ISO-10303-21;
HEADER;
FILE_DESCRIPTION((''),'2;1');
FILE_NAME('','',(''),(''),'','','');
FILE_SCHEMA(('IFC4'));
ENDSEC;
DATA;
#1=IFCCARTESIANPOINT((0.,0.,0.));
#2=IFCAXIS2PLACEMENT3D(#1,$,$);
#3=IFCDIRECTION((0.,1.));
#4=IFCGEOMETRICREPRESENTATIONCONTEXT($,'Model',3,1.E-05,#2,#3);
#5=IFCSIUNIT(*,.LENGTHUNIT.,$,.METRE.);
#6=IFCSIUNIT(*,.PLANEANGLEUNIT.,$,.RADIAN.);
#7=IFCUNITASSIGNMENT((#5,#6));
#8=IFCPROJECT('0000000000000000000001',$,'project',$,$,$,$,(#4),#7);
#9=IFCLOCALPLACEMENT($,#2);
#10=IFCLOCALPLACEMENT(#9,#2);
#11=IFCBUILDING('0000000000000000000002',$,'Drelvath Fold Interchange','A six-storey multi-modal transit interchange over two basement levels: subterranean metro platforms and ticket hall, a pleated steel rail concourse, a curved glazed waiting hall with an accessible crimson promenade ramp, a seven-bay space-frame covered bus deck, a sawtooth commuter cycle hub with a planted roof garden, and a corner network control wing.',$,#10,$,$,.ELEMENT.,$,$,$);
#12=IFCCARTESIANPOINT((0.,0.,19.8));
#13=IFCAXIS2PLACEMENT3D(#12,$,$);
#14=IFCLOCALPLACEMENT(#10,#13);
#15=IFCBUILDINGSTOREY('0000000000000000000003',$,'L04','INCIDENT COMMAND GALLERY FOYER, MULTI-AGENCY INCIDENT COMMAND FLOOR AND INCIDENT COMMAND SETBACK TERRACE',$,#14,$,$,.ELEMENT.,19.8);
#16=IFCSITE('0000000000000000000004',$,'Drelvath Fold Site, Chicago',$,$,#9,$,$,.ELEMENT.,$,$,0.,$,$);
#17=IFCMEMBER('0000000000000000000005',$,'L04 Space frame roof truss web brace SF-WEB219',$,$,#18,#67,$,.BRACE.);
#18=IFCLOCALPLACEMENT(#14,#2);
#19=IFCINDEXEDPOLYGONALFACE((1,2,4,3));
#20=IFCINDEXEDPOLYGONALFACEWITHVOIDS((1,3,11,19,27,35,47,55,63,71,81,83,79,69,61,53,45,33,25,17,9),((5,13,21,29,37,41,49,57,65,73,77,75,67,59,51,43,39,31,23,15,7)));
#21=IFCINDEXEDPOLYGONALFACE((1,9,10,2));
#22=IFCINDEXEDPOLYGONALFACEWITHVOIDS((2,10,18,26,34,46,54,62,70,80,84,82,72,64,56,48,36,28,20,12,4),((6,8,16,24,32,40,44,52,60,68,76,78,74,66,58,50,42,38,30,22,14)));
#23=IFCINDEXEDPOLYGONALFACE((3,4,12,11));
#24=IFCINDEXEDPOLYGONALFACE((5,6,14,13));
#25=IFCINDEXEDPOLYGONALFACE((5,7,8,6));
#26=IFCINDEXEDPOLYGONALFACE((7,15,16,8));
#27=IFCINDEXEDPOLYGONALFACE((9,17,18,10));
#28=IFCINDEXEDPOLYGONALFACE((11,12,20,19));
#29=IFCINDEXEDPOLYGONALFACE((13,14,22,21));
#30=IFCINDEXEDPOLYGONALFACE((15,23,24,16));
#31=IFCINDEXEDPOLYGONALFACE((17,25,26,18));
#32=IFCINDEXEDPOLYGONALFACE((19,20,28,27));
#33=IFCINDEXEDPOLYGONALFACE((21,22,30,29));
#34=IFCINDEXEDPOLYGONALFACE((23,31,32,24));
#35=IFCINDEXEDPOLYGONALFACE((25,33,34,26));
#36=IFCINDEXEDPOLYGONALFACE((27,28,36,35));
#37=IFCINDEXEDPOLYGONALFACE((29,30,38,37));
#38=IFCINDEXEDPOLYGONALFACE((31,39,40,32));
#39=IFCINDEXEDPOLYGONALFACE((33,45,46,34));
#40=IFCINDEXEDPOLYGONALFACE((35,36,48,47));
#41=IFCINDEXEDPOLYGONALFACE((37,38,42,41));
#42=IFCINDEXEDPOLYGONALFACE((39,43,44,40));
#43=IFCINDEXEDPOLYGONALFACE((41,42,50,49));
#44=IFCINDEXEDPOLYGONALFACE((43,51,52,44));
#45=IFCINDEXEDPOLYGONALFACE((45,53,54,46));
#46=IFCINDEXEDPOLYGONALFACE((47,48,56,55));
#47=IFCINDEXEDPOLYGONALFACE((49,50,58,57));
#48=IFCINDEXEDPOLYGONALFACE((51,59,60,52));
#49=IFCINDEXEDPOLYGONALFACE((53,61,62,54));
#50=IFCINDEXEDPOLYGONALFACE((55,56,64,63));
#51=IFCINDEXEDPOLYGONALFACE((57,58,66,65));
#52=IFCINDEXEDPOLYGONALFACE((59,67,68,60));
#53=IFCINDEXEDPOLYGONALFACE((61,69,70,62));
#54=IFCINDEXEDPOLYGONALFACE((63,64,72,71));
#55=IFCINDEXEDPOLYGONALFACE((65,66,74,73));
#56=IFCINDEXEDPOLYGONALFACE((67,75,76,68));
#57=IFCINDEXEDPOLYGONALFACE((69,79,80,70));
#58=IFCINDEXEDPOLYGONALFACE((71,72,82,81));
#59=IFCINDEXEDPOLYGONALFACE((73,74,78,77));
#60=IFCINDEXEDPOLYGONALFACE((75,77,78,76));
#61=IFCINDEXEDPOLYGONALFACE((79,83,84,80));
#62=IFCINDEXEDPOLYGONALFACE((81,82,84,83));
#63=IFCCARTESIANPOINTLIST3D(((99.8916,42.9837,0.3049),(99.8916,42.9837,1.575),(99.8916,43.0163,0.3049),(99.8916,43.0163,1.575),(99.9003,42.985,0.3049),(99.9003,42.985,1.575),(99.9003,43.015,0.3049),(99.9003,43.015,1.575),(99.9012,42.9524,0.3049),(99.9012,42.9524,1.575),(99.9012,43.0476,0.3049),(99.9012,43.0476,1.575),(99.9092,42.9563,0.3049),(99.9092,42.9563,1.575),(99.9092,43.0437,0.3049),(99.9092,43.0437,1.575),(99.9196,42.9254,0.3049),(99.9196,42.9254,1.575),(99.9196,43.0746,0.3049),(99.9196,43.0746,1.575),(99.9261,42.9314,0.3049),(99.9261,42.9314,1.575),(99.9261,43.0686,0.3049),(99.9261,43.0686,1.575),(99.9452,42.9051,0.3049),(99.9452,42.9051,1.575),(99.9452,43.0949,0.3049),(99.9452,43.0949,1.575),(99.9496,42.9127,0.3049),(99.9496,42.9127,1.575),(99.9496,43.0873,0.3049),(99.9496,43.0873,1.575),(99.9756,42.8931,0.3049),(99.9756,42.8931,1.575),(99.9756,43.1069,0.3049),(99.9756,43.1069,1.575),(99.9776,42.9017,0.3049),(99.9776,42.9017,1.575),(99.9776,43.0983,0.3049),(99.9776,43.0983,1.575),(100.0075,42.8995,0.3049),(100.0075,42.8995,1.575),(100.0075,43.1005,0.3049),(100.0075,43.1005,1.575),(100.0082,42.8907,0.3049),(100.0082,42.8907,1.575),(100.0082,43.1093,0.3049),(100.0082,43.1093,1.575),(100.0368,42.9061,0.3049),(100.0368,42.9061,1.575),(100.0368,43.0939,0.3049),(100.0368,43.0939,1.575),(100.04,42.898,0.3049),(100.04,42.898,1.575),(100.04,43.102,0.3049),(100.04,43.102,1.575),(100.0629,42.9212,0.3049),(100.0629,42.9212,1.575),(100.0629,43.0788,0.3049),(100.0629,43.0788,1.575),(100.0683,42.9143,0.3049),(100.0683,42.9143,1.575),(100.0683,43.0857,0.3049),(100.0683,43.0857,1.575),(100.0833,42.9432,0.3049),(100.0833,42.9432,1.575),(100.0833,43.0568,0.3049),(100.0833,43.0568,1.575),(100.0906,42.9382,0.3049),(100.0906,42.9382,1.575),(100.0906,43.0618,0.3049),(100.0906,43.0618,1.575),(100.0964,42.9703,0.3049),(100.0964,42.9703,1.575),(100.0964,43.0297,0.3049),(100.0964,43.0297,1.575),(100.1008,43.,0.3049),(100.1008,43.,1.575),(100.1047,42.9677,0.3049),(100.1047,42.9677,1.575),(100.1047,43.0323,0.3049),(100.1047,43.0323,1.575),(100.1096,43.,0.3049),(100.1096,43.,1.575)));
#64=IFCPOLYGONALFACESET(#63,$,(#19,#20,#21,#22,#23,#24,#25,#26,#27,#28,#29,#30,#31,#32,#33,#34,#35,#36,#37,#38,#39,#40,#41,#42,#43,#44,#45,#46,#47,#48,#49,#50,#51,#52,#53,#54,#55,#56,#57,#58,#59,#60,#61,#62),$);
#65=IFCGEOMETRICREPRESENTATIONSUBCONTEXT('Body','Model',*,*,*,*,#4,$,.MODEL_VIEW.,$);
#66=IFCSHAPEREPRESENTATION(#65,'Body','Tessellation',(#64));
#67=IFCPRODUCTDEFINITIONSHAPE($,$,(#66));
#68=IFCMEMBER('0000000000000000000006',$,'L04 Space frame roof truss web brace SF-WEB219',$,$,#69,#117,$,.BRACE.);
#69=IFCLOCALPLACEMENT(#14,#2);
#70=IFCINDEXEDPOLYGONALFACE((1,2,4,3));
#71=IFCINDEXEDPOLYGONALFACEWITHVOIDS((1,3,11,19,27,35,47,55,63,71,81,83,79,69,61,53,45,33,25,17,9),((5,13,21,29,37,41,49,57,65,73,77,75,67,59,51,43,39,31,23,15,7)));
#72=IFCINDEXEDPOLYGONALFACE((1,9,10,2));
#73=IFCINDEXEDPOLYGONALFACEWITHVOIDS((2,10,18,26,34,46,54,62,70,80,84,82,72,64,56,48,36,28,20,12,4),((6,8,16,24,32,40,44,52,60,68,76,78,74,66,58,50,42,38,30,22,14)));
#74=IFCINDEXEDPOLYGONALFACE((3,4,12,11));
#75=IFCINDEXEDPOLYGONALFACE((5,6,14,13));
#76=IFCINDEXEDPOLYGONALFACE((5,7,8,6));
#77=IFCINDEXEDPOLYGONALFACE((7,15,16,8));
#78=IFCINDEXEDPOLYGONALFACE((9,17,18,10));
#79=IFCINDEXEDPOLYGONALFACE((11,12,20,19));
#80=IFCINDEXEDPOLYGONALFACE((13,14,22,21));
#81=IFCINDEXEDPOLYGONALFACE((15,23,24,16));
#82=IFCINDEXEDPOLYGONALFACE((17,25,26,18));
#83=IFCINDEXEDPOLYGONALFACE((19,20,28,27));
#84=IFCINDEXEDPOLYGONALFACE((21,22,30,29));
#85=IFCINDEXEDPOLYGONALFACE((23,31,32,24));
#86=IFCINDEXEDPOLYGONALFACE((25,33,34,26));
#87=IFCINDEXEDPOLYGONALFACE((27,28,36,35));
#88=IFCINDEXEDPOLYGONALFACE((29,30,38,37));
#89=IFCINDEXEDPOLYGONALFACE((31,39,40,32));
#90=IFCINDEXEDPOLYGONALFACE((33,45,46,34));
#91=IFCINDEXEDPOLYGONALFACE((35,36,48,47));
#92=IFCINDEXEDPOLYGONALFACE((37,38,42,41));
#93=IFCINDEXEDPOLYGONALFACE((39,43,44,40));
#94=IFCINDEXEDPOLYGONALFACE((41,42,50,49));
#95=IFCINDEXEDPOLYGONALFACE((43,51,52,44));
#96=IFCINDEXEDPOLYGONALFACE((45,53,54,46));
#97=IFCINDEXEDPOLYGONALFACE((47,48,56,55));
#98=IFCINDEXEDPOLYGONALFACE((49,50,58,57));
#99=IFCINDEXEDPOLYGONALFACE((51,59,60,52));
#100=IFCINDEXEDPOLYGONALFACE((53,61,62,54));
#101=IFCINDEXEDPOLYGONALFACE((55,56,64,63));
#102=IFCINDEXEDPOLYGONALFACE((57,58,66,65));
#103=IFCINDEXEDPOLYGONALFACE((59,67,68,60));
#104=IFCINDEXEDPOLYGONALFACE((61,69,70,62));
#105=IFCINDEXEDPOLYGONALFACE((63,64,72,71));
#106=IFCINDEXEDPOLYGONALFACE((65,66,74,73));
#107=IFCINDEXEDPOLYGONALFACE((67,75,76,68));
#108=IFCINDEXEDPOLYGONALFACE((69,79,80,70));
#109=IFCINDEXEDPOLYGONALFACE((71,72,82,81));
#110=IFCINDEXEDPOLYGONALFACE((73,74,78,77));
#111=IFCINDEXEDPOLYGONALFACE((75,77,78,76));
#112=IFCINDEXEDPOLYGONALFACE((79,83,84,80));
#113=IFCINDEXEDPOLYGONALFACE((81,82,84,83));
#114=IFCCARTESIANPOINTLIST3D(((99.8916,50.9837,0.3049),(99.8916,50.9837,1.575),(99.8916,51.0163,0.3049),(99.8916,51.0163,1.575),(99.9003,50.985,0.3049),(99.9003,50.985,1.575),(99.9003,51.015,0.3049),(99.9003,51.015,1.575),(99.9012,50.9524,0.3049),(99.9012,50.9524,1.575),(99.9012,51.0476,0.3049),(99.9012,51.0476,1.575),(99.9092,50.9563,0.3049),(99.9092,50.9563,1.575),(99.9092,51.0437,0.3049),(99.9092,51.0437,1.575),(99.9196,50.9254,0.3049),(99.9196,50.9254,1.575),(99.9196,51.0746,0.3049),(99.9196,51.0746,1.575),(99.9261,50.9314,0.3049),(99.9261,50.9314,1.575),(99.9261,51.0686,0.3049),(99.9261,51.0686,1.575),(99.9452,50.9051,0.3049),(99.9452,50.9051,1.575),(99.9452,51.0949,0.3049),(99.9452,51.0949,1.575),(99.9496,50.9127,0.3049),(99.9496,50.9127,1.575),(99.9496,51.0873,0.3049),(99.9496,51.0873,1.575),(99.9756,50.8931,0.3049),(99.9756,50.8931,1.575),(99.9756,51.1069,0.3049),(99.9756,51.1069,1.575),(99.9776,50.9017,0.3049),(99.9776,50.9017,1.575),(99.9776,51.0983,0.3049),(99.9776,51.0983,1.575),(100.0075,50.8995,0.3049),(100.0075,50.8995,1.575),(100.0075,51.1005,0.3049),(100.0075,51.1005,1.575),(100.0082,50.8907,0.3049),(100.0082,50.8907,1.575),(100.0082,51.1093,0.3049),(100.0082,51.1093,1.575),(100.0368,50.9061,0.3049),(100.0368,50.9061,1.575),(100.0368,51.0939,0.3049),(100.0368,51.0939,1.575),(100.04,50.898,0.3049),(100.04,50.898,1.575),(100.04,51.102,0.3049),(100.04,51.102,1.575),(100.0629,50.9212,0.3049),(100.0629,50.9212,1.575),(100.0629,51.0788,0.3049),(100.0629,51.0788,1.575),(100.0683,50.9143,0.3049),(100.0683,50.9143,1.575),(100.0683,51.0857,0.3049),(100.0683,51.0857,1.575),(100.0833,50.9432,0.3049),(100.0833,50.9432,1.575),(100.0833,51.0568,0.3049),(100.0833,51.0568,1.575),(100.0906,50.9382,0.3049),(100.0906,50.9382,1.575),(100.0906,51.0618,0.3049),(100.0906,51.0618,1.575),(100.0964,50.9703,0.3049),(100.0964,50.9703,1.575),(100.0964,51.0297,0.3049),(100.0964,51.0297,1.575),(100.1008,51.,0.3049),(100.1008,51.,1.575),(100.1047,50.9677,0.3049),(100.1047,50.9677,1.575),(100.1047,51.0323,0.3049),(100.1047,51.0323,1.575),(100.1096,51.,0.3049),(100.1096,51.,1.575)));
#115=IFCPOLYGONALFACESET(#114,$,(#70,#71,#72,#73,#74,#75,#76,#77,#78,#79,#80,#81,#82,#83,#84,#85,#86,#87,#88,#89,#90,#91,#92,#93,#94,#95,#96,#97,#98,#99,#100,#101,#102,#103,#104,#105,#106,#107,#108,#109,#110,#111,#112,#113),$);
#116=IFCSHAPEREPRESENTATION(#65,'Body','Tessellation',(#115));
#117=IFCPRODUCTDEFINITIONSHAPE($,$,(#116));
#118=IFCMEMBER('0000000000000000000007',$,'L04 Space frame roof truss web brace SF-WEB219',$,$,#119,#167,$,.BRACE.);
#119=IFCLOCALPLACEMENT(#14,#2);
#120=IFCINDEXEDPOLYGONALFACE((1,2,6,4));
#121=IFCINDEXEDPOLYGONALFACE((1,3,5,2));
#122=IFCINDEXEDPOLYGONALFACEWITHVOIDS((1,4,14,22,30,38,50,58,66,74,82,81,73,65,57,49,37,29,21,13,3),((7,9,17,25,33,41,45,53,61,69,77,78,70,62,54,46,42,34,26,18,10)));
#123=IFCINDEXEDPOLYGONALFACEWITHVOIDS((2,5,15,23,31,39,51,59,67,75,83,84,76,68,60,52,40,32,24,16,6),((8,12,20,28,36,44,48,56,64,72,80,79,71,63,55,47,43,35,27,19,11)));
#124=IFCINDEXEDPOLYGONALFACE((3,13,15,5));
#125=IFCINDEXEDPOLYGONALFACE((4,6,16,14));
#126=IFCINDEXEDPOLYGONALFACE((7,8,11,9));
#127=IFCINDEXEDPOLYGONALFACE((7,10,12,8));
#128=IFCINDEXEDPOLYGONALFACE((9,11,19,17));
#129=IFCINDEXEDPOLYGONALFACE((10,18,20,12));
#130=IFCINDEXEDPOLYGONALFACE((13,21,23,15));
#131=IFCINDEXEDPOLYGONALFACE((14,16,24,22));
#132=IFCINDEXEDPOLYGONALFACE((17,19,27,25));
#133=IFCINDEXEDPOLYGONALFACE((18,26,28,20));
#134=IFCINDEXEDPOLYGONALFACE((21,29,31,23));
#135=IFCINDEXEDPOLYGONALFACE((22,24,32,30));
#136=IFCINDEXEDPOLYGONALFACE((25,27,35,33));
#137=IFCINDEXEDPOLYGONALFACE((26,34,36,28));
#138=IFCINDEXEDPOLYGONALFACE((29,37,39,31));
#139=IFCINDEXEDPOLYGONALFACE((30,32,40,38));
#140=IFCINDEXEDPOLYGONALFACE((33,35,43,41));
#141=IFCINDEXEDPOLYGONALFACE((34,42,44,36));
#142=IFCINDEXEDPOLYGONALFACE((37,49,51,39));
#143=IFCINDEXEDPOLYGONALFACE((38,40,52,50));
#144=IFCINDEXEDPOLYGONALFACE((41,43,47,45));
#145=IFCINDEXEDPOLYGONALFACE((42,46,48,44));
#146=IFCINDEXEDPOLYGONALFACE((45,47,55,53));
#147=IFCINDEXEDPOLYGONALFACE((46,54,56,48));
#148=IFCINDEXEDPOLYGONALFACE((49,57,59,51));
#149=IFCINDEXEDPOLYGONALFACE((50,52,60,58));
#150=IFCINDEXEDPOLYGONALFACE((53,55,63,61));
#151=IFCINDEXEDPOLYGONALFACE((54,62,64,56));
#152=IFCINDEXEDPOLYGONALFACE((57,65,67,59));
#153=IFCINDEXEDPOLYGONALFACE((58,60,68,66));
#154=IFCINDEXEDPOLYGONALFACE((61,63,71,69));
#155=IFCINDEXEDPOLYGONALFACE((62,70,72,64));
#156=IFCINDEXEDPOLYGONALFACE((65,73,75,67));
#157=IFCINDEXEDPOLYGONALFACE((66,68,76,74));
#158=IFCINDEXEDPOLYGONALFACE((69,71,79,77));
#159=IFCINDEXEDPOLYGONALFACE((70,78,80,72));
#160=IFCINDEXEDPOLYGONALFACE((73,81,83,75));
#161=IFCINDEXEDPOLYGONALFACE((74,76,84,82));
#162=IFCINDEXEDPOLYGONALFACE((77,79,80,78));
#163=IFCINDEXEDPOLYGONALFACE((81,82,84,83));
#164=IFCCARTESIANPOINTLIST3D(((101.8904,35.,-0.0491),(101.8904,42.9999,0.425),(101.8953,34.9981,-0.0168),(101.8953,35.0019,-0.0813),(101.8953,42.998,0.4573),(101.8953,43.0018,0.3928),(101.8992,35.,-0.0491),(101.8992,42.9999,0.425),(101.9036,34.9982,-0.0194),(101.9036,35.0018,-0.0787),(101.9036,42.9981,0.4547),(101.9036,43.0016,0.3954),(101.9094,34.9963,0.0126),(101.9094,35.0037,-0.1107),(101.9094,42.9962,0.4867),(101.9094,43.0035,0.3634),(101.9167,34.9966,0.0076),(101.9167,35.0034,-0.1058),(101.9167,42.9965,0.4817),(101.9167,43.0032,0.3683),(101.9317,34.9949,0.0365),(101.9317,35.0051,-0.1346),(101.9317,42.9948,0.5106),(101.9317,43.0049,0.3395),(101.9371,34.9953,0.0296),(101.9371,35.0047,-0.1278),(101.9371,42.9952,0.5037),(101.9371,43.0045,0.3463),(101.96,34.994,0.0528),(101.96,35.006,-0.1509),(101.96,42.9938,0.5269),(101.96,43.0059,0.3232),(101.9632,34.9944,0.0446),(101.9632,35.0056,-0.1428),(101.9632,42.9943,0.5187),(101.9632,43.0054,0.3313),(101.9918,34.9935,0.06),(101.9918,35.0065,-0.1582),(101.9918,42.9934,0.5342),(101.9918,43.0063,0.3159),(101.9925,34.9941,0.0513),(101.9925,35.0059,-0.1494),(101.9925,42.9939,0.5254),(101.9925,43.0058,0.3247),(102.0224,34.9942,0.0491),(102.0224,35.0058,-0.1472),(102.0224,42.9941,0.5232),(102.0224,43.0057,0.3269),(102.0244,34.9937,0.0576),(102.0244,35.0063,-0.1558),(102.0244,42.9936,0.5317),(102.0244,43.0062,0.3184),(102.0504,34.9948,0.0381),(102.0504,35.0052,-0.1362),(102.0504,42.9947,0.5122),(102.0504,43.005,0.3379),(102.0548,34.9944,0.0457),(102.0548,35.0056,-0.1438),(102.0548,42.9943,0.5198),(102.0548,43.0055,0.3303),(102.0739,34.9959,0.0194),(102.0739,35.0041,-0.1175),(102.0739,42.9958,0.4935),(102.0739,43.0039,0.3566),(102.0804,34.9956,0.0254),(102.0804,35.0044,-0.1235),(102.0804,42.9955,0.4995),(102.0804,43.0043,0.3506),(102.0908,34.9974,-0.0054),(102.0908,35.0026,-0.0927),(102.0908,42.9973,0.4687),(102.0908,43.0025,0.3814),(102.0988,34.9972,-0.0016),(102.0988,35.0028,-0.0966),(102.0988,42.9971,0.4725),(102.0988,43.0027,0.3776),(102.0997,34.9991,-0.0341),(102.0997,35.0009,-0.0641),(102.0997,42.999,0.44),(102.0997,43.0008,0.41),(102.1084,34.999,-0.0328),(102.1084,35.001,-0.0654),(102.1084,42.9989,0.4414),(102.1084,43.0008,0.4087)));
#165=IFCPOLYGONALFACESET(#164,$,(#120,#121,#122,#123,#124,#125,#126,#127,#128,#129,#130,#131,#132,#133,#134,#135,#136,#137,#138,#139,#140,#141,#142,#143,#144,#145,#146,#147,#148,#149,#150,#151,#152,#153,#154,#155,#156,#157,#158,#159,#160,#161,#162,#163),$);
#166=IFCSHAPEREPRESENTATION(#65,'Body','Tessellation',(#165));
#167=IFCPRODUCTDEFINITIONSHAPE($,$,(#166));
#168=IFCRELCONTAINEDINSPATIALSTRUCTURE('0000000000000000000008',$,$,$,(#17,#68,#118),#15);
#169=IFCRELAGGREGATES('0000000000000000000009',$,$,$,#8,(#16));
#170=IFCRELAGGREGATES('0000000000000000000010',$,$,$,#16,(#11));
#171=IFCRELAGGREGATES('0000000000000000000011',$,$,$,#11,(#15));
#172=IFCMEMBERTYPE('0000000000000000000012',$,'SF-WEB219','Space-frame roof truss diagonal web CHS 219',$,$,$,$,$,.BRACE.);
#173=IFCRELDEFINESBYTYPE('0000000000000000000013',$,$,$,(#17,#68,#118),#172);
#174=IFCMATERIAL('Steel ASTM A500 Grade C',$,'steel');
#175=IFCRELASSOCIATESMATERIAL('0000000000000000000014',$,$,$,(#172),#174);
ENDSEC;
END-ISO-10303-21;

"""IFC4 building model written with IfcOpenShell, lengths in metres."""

from ifc_helpers import new_model, si_unit, direction, frame, origin, origin_2d, place, context, subcontext, project, spatial, hollow_circle, extrude, material, material_profile, profile_set, type_object, element, save


model = new_model("IFC4")

# Units and contexts
model_context = context("Model", 3, precision=1e-05, world=origin(), true_north=direction((0.0, 1.0)))
body_context = subcontext(model_context, "Body", "Model", "MODEL_VIEW")
ifc_project = project(units=[si_unit("LENGTHUNIT", "METRE"), si_unit("PLANEANGLEUNIT", "RADIAN")], contexts=[model_context])

# Site, building, storey
site_placement = place(None, origin())
site = spatial("IfcSite", under=ifc_project, at=site_placement, Name="Drelvath Fold Site, Chicago", CompositionType="ELEMENT", RefElevation=0.0)
building_placement = place(site_placement, origin())
building = spatial("IfcBuilding", under=site, at=building_placement, Name="Drelvath Fold Interchange", Description="A six-storey multi-modal transit interchange over two basement levels: subterranean metro platforms and ticket hall, a pleated steel rail concourse, a curved glazed waiting hall with an accessible crimson promenade ramp, a seven-bay space-frame covered bus deck, a sawtooth commuter cycle hub with a planted roof garden, and a corner network control wing.", CompositionType="ELEMENT")
storey_placement = place(building_placement, frame((0.0, 0.0, 19.8)))
storey = spatial("IfcBuildingStorey", under=building, at=storey_placement, Name="L04", Description="INCIDENT COMMAND GALLERY FOYER, MULTI-AGENCY INCIDENT COMMAND FLOOR AND INCIDENT COMMAND SETBACK TERRACE", CompositionType="ELEMENT", Elevation=19.8)

# Shared definitions
ifc_material_1 = material(Name="Steel ASTM A500 Grade C", Category="steel")

# Members
ifc_material_profile_1 = material_profile(ifc_material_1, hollow_circle(Radius=0.1096, WallThickness=0.0088, at=origin_2d()), Name="HSS8.625X0.375")
ifc_profile_set_1 = profile_set([ifc_material_profile_1], Name="Steel ASTM A500 Grade C")
member_type_1 = type_object("IfcMemberType", Name="SF-WEB219", Description="Space-frame roof truss diagonal web CHS 219", PredefinedType="BRACE", material=ifc_profile_set_1)
for number, where, z_axis, x_axis, name in (
    (1, (100.0, 43.0, 0.3049), (0.0, 0.0, 1.0), (1.0, 0.0, 0.0), "L04 Space frame roof truss web brace SF-WEB219"),
    (2, (100.0, 51.0, 0.3049), (0.0, 0.0, 1.0), (1.0, 0.0, 0.0), "L04 Space frame roof truss web brace SF-WEB219"),
):
    element("IfcMember", number, at=place(storey_placement, frame(where, z_axis=z_axis, x_axis=x_axis)), inside=storey, type_object=member_type_1, Name=name, PredefinedType="BRACE", context=body_context, shape_type="SweptSolid", body=[
        extrude(hollow_circle(Radius=0.1096, WallThickness=0.0088, at=origin_2d()), origin(), (0.0, 0.0, 1.0), 1.27),
    ])
member_1_placement = place(storey_placement, frame((102.0, 35.0, -0.0491), z_axis=(0.0, 0.998248, 0.059161), x_axis=(-1.0, 0.0, 0.0)))
element("IfcMember", 3, at=member_1_placement, inside=storey, type_object=member_type_1, Name="L04 Space frame roof truss web brace SF-WEB219", PredefinedType="BRACE", context=body_context, shape_type="SweptSolid", body=[
    extrude(hollow_circle(Radius=0.1096, WallThickness=0.0088, at=origin_2d()), origin(), (0.0, 0.0, 1.0), 8.0139),
])

save(model, "model.ifc")
